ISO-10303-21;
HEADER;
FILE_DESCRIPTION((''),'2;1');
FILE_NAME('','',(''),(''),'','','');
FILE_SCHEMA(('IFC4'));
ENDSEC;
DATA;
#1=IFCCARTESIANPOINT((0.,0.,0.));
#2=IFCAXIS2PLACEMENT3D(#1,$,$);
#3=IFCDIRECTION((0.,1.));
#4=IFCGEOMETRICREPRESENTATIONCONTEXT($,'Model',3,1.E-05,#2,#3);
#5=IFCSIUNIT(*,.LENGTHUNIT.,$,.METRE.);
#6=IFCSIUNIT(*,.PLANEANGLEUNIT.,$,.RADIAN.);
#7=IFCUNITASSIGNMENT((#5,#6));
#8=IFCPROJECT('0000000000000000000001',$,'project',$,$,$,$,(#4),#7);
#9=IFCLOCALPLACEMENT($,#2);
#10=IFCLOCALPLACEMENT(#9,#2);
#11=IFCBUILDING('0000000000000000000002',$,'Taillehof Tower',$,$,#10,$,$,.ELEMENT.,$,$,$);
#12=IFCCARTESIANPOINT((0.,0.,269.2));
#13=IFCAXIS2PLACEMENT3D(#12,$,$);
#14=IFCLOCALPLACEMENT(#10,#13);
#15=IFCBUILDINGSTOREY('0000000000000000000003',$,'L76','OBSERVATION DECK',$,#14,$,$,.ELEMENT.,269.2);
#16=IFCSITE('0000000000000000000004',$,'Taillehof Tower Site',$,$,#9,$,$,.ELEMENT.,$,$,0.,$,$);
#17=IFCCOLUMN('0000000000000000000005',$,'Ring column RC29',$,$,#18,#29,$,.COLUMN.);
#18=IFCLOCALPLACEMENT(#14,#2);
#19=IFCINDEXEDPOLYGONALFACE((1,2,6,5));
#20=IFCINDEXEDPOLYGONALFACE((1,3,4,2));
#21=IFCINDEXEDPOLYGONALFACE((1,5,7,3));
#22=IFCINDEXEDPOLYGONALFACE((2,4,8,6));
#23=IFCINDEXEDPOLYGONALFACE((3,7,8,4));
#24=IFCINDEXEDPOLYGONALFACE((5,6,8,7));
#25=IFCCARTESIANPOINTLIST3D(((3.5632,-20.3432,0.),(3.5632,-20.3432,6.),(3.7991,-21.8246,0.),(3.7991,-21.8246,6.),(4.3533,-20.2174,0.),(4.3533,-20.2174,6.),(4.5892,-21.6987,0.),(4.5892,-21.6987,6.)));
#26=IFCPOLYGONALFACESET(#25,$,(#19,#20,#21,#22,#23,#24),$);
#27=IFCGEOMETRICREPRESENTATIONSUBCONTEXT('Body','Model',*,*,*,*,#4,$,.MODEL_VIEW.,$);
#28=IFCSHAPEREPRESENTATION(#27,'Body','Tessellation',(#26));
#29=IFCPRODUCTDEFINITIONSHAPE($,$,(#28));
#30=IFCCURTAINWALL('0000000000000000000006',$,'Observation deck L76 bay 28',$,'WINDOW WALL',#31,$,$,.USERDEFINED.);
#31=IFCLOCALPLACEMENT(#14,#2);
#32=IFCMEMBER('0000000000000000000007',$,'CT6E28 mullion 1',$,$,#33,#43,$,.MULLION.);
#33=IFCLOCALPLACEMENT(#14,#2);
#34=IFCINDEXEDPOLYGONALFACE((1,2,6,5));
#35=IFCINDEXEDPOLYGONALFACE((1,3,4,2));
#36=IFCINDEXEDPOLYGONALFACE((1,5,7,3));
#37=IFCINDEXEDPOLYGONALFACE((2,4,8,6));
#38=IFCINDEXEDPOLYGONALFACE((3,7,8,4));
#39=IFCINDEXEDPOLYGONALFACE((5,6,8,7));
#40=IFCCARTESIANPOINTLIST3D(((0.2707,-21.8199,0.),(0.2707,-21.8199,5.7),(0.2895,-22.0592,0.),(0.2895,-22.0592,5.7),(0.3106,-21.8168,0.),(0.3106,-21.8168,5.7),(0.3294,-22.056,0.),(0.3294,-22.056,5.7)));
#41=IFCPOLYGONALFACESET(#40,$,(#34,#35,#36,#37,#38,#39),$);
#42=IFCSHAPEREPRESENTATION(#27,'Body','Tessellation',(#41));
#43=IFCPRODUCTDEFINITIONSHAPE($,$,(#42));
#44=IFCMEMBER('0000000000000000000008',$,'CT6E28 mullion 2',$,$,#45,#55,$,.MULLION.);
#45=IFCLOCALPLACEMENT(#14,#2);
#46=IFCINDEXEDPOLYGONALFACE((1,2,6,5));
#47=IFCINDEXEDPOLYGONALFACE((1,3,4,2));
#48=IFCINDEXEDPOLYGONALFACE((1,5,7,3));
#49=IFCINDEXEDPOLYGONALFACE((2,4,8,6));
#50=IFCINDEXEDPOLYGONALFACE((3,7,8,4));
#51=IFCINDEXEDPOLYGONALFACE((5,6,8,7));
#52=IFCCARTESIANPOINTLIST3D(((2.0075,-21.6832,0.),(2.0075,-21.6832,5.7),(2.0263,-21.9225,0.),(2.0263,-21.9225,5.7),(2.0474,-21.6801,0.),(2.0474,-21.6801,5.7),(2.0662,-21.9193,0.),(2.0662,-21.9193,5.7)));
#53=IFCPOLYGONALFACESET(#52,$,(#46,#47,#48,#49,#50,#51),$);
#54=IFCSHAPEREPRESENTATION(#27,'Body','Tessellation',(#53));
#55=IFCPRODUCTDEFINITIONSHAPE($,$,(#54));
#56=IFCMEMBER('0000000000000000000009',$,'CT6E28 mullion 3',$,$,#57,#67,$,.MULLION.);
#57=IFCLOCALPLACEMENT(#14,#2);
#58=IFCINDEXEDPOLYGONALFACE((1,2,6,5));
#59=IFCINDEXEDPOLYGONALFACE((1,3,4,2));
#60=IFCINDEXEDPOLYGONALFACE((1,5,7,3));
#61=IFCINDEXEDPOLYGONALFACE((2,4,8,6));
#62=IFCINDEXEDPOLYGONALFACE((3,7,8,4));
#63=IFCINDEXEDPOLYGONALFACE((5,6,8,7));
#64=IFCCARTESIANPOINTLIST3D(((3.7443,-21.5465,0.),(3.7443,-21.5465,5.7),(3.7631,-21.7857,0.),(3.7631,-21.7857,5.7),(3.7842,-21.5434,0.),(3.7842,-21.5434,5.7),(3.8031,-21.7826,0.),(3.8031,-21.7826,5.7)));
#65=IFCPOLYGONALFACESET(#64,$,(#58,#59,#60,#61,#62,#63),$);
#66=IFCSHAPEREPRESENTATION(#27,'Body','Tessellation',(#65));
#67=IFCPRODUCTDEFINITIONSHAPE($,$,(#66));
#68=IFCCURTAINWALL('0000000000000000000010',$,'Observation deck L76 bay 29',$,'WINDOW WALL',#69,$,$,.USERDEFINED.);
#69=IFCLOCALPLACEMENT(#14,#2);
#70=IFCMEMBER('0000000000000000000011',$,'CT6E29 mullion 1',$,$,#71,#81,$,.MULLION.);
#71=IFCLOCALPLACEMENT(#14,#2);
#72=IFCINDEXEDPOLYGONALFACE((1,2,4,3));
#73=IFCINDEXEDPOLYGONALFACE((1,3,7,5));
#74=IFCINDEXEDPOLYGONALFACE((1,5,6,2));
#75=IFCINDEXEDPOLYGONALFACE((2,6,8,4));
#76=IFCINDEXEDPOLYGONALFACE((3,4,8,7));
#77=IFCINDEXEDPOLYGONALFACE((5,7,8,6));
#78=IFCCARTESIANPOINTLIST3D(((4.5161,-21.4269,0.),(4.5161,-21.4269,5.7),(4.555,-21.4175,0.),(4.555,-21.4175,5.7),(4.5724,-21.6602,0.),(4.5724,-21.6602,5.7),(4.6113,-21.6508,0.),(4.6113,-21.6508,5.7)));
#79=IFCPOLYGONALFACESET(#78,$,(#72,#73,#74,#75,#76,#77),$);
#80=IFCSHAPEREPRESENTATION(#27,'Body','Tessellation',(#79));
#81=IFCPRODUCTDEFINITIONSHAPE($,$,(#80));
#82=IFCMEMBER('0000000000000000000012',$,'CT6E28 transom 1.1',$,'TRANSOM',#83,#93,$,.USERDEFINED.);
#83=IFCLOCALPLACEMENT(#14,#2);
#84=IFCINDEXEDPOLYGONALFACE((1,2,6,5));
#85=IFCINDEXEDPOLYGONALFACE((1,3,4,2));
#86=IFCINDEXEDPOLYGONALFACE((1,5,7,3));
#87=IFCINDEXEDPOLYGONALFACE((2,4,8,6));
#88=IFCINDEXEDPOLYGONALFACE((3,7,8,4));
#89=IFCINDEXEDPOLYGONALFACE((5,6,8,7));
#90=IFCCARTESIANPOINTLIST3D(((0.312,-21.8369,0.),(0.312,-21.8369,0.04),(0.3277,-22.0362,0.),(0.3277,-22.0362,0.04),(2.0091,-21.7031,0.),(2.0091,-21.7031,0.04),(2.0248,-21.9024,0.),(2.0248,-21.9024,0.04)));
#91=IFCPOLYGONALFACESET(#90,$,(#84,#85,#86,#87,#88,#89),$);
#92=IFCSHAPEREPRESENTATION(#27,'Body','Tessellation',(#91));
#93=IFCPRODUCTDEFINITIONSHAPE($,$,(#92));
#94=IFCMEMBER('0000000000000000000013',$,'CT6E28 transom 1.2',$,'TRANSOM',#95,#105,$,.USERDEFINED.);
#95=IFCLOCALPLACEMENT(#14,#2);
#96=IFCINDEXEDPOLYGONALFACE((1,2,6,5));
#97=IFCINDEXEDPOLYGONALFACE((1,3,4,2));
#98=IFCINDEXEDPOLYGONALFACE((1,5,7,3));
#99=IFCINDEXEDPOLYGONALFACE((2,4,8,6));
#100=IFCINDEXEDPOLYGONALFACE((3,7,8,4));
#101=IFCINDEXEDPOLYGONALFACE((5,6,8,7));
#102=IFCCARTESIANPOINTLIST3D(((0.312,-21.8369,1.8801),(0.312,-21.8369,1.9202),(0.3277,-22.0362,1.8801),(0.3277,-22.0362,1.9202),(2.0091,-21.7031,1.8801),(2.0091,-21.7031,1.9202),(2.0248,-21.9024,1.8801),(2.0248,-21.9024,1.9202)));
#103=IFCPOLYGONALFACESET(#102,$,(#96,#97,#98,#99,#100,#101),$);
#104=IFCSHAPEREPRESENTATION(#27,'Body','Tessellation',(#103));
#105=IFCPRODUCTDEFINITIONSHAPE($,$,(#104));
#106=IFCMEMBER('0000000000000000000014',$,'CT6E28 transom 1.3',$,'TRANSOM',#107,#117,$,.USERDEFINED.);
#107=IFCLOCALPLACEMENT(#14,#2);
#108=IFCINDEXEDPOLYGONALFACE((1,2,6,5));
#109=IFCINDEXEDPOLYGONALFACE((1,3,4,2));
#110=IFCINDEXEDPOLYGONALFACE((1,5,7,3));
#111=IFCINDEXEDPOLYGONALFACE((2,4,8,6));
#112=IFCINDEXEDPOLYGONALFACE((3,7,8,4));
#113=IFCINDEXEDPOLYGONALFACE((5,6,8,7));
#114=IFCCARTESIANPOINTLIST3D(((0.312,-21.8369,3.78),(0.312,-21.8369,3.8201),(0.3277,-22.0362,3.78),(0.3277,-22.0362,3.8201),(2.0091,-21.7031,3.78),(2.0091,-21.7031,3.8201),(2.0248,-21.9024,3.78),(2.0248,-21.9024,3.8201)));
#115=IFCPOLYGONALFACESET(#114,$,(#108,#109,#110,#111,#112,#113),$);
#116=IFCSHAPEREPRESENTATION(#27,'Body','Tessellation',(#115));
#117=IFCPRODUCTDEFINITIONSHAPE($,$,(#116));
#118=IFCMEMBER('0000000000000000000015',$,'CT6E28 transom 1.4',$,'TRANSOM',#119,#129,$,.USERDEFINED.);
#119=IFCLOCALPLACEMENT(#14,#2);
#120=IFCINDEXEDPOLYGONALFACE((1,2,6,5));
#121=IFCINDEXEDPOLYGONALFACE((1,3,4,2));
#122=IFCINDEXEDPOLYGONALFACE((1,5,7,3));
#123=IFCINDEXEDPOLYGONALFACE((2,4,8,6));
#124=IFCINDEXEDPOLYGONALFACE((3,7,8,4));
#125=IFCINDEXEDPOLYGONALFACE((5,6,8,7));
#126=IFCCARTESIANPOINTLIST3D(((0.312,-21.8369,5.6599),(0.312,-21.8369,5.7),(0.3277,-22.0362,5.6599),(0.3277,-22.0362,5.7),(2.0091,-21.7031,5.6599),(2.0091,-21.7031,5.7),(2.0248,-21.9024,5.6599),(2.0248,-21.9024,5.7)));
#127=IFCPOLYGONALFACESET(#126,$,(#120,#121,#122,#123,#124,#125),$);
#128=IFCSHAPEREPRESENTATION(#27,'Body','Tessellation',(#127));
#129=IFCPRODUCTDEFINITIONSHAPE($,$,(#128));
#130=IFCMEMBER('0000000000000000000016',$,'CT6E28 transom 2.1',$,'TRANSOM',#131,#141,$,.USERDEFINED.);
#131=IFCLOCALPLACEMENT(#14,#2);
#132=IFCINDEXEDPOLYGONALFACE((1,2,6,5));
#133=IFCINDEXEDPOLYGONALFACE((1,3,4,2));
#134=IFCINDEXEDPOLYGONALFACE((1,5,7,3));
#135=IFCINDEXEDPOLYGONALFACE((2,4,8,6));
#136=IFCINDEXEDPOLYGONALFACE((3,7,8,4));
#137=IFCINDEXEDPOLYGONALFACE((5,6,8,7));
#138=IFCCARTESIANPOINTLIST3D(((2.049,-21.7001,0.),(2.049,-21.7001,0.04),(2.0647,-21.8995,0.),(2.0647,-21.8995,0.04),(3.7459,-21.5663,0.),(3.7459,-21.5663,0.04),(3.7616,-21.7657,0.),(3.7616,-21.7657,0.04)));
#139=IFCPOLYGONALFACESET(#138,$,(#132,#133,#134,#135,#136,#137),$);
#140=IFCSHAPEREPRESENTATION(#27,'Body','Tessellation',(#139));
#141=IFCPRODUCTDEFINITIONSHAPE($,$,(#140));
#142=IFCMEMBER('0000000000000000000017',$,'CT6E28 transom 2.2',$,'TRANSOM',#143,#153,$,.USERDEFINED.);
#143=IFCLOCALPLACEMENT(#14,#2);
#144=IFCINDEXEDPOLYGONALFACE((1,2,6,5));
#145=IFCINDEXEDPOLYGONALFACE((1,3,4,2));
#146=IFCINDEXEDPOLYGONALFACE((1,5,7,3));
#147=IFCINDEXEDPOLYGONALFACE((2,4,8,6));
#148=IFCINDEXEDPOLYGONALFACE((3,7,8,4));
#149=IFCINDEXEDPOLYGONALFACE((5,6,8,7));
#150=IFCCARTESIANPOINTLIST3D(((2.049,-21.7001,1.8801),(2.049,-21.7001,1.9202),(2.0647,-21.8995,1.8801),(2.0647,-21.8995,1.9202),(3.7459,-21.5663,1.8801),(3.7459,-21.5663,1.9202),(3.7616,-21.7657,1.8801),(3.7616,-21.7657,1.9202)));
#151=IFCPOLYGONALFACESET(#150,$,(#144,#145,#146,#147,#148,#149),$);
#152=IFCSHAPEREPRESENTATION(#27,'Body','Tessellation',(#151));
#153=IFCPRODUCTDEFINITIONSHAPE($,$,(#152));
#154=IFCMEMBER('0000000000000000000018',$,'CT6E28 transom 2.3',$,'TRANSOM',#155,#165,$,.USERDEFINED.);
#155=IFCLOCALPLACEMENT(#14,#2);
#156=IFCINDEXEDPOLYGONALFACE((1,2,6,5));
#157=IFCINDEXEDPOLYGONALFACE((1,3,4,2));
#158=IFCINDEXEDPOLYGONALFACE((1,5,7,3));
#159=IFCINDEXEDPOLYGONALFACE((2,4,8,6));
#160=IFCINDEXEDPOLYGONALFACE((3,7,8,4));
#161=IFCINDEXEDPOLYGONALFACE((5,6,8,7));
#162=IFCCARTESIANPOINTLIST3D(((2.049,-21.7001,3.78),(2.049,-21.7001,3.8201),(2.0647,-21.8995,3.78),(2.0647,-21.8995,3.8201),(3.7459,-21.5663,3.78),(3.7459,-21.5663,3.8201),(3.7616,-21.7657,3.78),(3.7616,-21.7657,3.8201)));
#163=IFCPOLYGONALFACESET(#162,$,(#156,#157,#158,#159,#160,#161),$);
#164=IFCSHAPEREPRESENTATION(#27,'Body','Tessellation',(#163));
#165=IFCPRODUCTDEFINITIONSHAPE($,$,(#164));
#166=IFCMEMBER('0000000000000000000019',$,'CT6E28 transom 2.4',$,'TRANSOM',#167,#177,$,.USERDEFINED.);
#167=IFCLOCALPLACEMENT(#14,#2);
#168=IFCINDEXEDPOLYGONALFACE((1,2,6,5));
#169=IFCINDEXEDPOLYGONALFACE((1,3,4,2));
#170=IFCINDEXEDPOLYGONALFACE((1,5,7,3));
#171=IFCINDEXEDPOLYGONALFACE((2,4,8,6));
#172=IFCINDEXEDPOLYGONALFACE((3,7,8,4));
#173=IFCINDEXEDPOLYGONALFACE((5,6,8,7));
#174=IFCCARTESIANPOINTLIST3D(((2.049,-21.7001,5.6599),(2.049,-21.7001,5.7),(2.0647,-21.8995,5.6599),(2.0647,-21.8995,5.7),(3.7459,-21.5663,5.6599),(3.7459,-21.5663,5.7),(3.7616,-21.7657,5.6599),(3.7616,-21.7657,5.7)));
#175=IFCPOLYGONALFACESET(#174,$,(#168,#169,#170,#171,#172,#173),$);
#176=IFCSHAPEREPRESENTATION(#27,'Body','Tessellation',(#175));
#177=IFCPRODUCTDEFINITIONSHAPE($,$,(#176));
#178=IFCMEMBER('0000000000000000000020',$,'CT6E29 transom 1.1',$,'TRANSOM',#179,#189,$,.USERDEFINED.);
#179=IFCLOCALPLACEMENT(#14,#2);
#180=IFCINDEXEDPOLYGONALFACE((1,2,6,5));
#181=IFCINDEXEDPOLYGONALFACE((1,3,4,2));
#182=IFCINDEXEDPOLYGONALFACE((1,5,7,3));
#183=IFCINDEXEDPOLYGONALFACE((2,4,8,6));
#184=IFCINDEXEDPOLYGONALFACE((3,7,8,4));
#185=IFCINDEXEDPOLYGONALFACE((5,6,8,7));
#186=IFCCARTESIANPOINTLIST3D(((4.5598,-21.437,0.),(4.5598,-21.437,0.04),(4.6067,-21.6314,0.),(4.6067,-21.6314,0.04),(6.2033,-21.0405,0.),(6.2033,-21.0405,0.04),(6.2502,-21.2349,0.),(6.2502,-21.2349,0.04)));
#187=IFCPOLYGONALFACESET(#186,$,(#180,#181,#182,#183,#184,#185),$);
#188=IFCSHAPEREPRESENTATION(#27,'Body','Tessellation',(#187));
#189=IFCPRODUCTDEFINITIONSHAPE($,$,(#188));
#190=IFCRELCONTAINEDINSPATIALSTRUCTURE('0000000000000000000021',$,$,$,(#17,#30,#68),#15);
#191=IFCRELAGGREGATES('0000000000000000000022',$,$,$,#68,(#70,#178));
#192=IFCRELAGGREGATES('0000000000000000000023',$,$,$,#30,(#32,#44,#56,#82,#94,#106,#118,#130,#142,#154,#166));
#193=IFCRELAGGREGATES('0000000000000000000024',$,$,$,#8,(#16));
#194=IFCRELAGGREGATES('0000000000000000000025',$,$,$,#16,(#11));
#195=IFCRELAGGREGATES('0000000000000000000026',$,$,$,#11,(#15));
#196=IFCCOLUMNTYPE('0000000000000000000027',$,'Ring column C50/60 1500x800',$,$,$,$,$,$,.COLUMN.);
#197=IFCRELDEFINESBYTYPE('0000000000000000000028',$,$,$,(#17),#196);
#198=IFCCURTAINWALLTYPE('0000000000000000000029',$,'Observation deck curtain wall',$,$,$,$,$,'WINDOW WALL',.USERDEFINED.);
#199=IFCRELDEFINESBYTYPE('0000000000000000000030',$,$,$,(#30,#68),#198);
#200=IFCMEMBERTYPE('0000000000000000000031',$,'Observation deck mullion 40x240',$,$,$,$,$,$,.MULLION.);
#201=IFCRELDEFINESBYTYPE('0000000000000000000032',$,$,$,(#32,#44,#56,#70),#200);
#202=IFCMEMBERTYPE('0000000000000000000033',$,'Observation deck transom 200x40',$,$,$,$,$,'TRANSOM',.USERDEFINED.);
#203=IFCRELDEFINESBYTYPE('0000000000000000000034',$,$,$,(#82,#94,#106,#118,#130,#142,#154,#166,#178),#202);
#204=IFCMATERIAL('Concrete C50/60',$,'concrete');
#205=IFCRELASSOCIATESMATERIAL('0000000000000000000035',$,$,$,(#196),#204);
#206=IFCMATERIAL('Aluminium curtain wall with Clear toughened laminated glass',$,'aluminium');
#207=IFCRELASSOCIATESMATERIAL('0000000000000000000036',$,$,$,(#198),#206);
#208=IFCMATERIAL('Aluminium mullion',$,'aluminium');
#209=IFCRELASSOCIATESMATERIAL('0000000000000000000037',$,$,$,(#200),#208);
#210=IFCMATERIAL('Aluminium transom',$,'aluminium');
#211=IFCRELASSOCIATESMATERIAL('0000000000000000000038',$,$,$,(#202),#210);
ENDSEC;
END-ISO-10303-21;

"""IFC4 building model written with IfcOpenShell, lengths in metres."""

from ifc_helpers import new_model, si_unit, direction, frame, origin, origin_2d, place, context, subcontext, project, spatial, rectangle, extrude, material, material_profile, profile_set, type_object, element, aggregate, save


model = new_model("IFC4")

# Units and contexts
model_context = context("Model", 3, precision=1e-05, world=origin(), true_north=direction((0.0, 1.0)))
body_context = subcontext(model_context, "Body", "Model", "MODEL_VIEW")
ifc_project = project(units=[si_unit("LENGTHUNIT", "METRE"), si_unit("PLANEANGLEUNIT", "RADIAN")], contexts=[model_context])

# Site, building, storey
site_placement = place(None, origin())
site = spatial("IfcSite", under=ifc_project, at=site_placement, Name="Taillehof Tower Site", CompositionType="ELEMENT", RefElevation=0.0)
building_placement = place(site_placement, origin())
building = spatial("IfcBuilding", under=site, at=building_placement, Name="Taillehof Tower", CompositionType="ELEMENT")
storey_placement = place(building_placement, frame((0.0, 0.0, 269.2)))
storey = spatial("IfcBuildingStorey", under=building, at=storey_placement, Name="L76", Description="OBSERVATION DECK", CompositionType="ELEMENT", Elevation=269.2)

# Column
ifc_material_1 = material(Name="Concrete C50/60", Category="concrete")
ifc_material_profile_1 = material_profile(ifc_material_1, rectangle(XDim=1.5, YDim=0.8, at=origin_2d()), Name="RC 1500x800")
ifc_profile_set_1 = profile_set([ifc_material_profile_1], Name="Concrete C50/60")
column_type = type_object("IfcColumnType", Name="Ring column C50/60 1500x800", PredefinedType="COLUMN", material=ifc_profile_set_1)
column_placement = place(storey_placement, frame((4.0762, -21.021, 0.0), z_axis=(0.0, 0.0, 1.0), x_axis=(0.157281, -0.987554, 0.0)))
element("IfcColumn", 1, at=column_placement, inside=storey, type_object=column_type, Name="Ring column RC29", PredefinedType="COLUMN", context=body_context, shape_type="SweptSolid", body=[
    extrude(rectangle(XDim=1.5, YDim=0.8, at=origin_2d()), origin(), (0.0, 0.0, 1.0), 6.0),
])

# Curtain wall, members
ifc_material_2 = material(Name="Aluminium curtain wall with Clear toughened laminated glass", Category="aluminium")
curtain_wall_type = type_object("IfcCurtainWallType", Name="Observation deck curtain wall", ElementType="WINDOW WALL", PredefinedType="USERDEFINED", material=ifc_material_2)
curtain_wall_1_placement = place(storey_placement, origin())
curtain_wall_1 = element("IfcCurtainWall", 2, at=curtain_wall_1_placement, inside=storey, type_object=curtain_wall_type, Name="Observation deck L76 bay 28", ObjectType="WINDOW WALL", PredefinedType="USERDEFINED")
ifc_material_3 = material(Name="Aluminium mullion", Category="aluminium")
ifc_material_profile_2 = material_profile(ifc_material_3, rectangle(XDim=0.24, YDim=0.04, at=origin_2d()), Name="AL 40x240")
ifc_profile_set_2 = profile_set([ifc_material_profile_2], Name="Aluminium mullion")
member_type_1 = type_object("IfcMemberType", Name="Observation deck mullion 40x240", PredefinedType="MULLION", material=ifc_profile_set_2)
member_1_placement = place(storey_placement, frame((0.3, -21.938, 0.0), z_axis=(0.0, 0.0, 1.0), x_axis=(-0.078525, 0.996912, 0.0)))
member_1 = element("IfcMember", 3, at=member_1_placement, type_object=member_type_1, Name="CT6E28 mullion 1", PredefinedType="MULLION", context=body_context, shape_type="SweptSolid", body=[
    extrude(rectangle(XDim=0.24, YDim=0.04, at=origin_2d()), origin(), (0.0, 0.0, 1.0), 5.7),
])
member_2_placement = place(storey_placement, frame((2.0369, -21.8013, 0.0), z_axis=(0.0, 0.0, 1.0), x_axis=(-0.078525, 0.996912, 0.0)))
member_2 = element("IfcMember", 4, at=member_2_placement, type_object=member_type_1, Name="CT6E28 mullion 2", PredefinedType="MULLION", context=body_context, shape_type="SweptSolid", body=[
    extrude(rectangle(XDim=0.24, YDim=0.04, at=origin_2d()), origin(), (0.0, 0.0, 1.0), 5.7),
])
member_3_placement = place(storey_placement, frame((3.7737, -21.6646, 0.0), z_axis=(0.0, 0.0, 1.0), x_axis=(-0.078525, 0.996912, 0.0)))
member_3 = element("IfcMember", 5, at=member_3_placement, type_object=member_type_1, Name="CT6E28 mullion 3", PredefinedType="MULLION", context=body_context, shape_type="SweptSolid", body=[
    extrude(rectangle(XDim=0.24, YDim=0.04, at=origin_2d()), origin(), (0.0, 0.0, 1.0), 5.7),
])

# Curtain wall, member
curtain_wall_2_placement = place(storey_placement, origin())
curtain_wall_2 = element("IfcCurtainWall", 6, at=curtain_wall_2_placement, inside=storey, type_object=curtain_wall_type, Name="Observation deck L76 bay 29", ObjectType="WINDOW WALL", PredefinedType="USERDEFINED")
member_4_placement = place(storey_placement, frame((4.5637, -21.5388, 0.0), z_axis=(0.0, 0.0, 1.0), x_axis=(-0.234515, 0.972113, 0.0)))
member_4 = element("IfcMember", 7, at=member_4_placement, type_object=member_type_1, Name="CT6E29 mullion 1", PredefinedType="MULLION", context=body_context, shape_type="SweptSolid", body=[
    extrude(rectangle(XDim=0.24, YDim=0.04, at=origin_2d()), origin(), (0.0, 0.0, 1.0), 5.7),
])

# Members
ifc_material_4 = material(Name="Aluminium transom", Category="aluminium")
ifc_material_profile_3 = material_profile(ifc_material_4, rectangle(XDim=0.2, YDim=0.04, at=origin_2d()), Name="AL 200x40")
ifc_profile_set_3 = profile_set([ifc_material_profile_3], Name="Aluminium transom")
member_type_2 = type_object("IfcMemberType", Name="Observation deck transom 200x40", ElementType="TRANSOM", PredefinedType="USERDEFINED", material=ifc_profile_set_3)
member_5_placement = place(storey_placement, frame((0.3198, -21.9365, 0.02), z_axis=(0.996907, 0.078594, 0.0), x_axis=(-0.078594, 0.996907, 0.0)))
member_5 = element("IfcMember", 8, at=member_5_placement, type_object=member_type_2, Name="CT6E28 transom 1.1", ObjectType="TRANSOM", PredefinedType="USERDEFINED", context=body_context, shape_type="SweptSolid", body=[
    extrude(rectangle(XDim=0.2, YDim=0.04, at=origin_2d()), origin(), (0.0, 0.0, 1.0), 1.7024),
])
member_6_placement = place(storey_placement, frame((0.3198, -21.9365, 1.9001), z_axis=(0.996907, 0.078594, 0.0), x_axis=(-0.078594, 0.996907, 0.0)))
member_6 = element("IfcMember", 9, at=member_6_placement, type_object=member_type_2, Name="CT6E28 transom 1.2", ObjectType="TRANSOM", PredefinedType="USERDEFINED", context=body_context, shape_type="SweptSolid", body=[
    extrude(rectangle(XDim=0.2, YDim=0.04, at=origin_2d()), origin(), (0.0, 0.0, 1.0), 1.7024),
])
member_7_placement = place(storey_placement, frame((0.3198, -21.9365, 3.8), z_axis=(0.996907, 0.078594, 0.0), x_axis=(-0.078594, 0.996907, 0.0)))
member_7 = element("IfcMember", 10, at=member_7_placement, type_object=member_type_2, Name="CT6E28 transom 1.3", ObjectType="TRANSOM", PredefinedType="USERDEFINED", context=body_context, shape_type="SweptSolid", body=[
    extrude(rectangle(XDim=0.2, YDim=0.04, at=origin_2d()), origin(), (0.0, 0.0, 1.0), 1.7024),
])
member_8_placement = place(storey_placement, frame((0.3198, -21.9365, 5.6799), z_axis=(0.996907, 0.078594, 0.0), x_axis=(-0.078594, 0.996907, 0.0)))
member_8 = element("IfcMember", 11, at=member_8_placement, type_object=member_type_2, Name="CT6E28 transom 1.4", ObjectType="TRANSOM", PredefinedType="USERDEFINED", context=body_context, shape_type="SweptSolid", body=[
    extrude(rectangle(XDim=0.2, YDim=0.04, at=origin_2d()), origin(), (0.0, 0.0, 1.0), 1.7024),
])
member_9_placement = place(storey_placement, frame((2.0569, -21.7998, 0.02), z_axis=(0.996906, 0.078605, 0.0), x_axis=(-0.078605, 0.996906, 0.0)))
member_9 = element("IfcMember", 12, at=member_9_placement, type_object=member_type_2, Name="CT6E28 transom 2.1", ObjectType="TRANSOM", PredefinedType="USERDEFINED", context=body_context, shape_type="SweptSolid", body=[
    extrude(rectangle(XDim=0.2, YDim=0.04, at=origin_2d()), origin(), (0.0, 0.0, 1.0), 1.7021),
])
member_10_placement = place(storey_placement, frame((2.0569, -21.7998, 1.9001), z_axis=(0.996906, 0.078605, 0.0), x_axis=(-0.078605, 0.996906, 0.0)))
member_10 = element("IfcMember", 13, at=member_10_placement, type_object=member_type_2, Name="CT6E28 transom 2.2", ObjectType="TRANSOM", PredefinedType="USERDEFINED", context=body_context, shape_type="SweptSolid", body=[
    extrude(rectangle(XDim=0.2, YDim=0.04, at=origin_2d()), origin(), (0.0, 0.0, 1.0), 1.7021),
])
member_11_placement = place(storey_placement, frame((2.0569, -21.7998, 3.8), z_axis=(0.996906, 0.078605, 0.0), x_axis=(-0.078605, 0.996906, 0.0)))
member_11 = element("IfcMember", 14, at=member_11_placement, type_object=member_type_2, Name="CT6E28 transom 2.3", ObjectType="TRANSOM", PredefinedType="USERDEFINED", context=body_context, shape_type="SweptSolid", body=[
    extrude(rectangle(XDim=0.2, YDim=0.04, at=origin_2d()), origin(), (0.0, 0.0, 1.0), 1.7021),
])
member_12_placement = place(storey_placement, frame((2.0569, -21.7998, 5.6799), z_axis=(0.996906, 0.078605, 0.0), x_axis=(-0.078605, 0.996906, 0.0)))
member_12 = element("IfcMember", 15, at=member_12_placement, type_object=member_type_2, Name="CT6E28 transom 2.4", ObjectType="TRANSOM", PredefinedType="USERDEFINED", context=body_context, shape_type="SweptSolid", body=[
    extrude(rectangle(XDim=0.2, YDim=0.04, at=origin_2d()), origin(), (0.0, 0.0, 1.0), 1.7021),
])
member_13_placement = place(storey_placement, frame((4.5833, -21.5342, 0.02), z_axis=(0.972114, 0.234509, 0.0), x_axis=(-0.234509, 0.972114, 0.0)))
member_13 = element("IfcMember", 16, at=member_13_placement, type_object=member_type_2, Name="CT6E29 transom 1.1", ObjectType="TRANSOM", PredefinedType="USERDEFINED", context=body_context, shape_type="SweptSolid", body=[
    extrude(rectangle(XDim=0.2, YDim=0.04, at=origin_2d()), origin(), (0.0, 0.0, 1.0), 1.6907),
])
aggregate(curtain_wall_2, [member_4, member_13])

aggregate(curtain_wall_1, [member_1, member_2, member_3, member_5, member_6, member_7, member_8, member_9, member_10, member_11, member_12])

save(model, "model.ifc")
